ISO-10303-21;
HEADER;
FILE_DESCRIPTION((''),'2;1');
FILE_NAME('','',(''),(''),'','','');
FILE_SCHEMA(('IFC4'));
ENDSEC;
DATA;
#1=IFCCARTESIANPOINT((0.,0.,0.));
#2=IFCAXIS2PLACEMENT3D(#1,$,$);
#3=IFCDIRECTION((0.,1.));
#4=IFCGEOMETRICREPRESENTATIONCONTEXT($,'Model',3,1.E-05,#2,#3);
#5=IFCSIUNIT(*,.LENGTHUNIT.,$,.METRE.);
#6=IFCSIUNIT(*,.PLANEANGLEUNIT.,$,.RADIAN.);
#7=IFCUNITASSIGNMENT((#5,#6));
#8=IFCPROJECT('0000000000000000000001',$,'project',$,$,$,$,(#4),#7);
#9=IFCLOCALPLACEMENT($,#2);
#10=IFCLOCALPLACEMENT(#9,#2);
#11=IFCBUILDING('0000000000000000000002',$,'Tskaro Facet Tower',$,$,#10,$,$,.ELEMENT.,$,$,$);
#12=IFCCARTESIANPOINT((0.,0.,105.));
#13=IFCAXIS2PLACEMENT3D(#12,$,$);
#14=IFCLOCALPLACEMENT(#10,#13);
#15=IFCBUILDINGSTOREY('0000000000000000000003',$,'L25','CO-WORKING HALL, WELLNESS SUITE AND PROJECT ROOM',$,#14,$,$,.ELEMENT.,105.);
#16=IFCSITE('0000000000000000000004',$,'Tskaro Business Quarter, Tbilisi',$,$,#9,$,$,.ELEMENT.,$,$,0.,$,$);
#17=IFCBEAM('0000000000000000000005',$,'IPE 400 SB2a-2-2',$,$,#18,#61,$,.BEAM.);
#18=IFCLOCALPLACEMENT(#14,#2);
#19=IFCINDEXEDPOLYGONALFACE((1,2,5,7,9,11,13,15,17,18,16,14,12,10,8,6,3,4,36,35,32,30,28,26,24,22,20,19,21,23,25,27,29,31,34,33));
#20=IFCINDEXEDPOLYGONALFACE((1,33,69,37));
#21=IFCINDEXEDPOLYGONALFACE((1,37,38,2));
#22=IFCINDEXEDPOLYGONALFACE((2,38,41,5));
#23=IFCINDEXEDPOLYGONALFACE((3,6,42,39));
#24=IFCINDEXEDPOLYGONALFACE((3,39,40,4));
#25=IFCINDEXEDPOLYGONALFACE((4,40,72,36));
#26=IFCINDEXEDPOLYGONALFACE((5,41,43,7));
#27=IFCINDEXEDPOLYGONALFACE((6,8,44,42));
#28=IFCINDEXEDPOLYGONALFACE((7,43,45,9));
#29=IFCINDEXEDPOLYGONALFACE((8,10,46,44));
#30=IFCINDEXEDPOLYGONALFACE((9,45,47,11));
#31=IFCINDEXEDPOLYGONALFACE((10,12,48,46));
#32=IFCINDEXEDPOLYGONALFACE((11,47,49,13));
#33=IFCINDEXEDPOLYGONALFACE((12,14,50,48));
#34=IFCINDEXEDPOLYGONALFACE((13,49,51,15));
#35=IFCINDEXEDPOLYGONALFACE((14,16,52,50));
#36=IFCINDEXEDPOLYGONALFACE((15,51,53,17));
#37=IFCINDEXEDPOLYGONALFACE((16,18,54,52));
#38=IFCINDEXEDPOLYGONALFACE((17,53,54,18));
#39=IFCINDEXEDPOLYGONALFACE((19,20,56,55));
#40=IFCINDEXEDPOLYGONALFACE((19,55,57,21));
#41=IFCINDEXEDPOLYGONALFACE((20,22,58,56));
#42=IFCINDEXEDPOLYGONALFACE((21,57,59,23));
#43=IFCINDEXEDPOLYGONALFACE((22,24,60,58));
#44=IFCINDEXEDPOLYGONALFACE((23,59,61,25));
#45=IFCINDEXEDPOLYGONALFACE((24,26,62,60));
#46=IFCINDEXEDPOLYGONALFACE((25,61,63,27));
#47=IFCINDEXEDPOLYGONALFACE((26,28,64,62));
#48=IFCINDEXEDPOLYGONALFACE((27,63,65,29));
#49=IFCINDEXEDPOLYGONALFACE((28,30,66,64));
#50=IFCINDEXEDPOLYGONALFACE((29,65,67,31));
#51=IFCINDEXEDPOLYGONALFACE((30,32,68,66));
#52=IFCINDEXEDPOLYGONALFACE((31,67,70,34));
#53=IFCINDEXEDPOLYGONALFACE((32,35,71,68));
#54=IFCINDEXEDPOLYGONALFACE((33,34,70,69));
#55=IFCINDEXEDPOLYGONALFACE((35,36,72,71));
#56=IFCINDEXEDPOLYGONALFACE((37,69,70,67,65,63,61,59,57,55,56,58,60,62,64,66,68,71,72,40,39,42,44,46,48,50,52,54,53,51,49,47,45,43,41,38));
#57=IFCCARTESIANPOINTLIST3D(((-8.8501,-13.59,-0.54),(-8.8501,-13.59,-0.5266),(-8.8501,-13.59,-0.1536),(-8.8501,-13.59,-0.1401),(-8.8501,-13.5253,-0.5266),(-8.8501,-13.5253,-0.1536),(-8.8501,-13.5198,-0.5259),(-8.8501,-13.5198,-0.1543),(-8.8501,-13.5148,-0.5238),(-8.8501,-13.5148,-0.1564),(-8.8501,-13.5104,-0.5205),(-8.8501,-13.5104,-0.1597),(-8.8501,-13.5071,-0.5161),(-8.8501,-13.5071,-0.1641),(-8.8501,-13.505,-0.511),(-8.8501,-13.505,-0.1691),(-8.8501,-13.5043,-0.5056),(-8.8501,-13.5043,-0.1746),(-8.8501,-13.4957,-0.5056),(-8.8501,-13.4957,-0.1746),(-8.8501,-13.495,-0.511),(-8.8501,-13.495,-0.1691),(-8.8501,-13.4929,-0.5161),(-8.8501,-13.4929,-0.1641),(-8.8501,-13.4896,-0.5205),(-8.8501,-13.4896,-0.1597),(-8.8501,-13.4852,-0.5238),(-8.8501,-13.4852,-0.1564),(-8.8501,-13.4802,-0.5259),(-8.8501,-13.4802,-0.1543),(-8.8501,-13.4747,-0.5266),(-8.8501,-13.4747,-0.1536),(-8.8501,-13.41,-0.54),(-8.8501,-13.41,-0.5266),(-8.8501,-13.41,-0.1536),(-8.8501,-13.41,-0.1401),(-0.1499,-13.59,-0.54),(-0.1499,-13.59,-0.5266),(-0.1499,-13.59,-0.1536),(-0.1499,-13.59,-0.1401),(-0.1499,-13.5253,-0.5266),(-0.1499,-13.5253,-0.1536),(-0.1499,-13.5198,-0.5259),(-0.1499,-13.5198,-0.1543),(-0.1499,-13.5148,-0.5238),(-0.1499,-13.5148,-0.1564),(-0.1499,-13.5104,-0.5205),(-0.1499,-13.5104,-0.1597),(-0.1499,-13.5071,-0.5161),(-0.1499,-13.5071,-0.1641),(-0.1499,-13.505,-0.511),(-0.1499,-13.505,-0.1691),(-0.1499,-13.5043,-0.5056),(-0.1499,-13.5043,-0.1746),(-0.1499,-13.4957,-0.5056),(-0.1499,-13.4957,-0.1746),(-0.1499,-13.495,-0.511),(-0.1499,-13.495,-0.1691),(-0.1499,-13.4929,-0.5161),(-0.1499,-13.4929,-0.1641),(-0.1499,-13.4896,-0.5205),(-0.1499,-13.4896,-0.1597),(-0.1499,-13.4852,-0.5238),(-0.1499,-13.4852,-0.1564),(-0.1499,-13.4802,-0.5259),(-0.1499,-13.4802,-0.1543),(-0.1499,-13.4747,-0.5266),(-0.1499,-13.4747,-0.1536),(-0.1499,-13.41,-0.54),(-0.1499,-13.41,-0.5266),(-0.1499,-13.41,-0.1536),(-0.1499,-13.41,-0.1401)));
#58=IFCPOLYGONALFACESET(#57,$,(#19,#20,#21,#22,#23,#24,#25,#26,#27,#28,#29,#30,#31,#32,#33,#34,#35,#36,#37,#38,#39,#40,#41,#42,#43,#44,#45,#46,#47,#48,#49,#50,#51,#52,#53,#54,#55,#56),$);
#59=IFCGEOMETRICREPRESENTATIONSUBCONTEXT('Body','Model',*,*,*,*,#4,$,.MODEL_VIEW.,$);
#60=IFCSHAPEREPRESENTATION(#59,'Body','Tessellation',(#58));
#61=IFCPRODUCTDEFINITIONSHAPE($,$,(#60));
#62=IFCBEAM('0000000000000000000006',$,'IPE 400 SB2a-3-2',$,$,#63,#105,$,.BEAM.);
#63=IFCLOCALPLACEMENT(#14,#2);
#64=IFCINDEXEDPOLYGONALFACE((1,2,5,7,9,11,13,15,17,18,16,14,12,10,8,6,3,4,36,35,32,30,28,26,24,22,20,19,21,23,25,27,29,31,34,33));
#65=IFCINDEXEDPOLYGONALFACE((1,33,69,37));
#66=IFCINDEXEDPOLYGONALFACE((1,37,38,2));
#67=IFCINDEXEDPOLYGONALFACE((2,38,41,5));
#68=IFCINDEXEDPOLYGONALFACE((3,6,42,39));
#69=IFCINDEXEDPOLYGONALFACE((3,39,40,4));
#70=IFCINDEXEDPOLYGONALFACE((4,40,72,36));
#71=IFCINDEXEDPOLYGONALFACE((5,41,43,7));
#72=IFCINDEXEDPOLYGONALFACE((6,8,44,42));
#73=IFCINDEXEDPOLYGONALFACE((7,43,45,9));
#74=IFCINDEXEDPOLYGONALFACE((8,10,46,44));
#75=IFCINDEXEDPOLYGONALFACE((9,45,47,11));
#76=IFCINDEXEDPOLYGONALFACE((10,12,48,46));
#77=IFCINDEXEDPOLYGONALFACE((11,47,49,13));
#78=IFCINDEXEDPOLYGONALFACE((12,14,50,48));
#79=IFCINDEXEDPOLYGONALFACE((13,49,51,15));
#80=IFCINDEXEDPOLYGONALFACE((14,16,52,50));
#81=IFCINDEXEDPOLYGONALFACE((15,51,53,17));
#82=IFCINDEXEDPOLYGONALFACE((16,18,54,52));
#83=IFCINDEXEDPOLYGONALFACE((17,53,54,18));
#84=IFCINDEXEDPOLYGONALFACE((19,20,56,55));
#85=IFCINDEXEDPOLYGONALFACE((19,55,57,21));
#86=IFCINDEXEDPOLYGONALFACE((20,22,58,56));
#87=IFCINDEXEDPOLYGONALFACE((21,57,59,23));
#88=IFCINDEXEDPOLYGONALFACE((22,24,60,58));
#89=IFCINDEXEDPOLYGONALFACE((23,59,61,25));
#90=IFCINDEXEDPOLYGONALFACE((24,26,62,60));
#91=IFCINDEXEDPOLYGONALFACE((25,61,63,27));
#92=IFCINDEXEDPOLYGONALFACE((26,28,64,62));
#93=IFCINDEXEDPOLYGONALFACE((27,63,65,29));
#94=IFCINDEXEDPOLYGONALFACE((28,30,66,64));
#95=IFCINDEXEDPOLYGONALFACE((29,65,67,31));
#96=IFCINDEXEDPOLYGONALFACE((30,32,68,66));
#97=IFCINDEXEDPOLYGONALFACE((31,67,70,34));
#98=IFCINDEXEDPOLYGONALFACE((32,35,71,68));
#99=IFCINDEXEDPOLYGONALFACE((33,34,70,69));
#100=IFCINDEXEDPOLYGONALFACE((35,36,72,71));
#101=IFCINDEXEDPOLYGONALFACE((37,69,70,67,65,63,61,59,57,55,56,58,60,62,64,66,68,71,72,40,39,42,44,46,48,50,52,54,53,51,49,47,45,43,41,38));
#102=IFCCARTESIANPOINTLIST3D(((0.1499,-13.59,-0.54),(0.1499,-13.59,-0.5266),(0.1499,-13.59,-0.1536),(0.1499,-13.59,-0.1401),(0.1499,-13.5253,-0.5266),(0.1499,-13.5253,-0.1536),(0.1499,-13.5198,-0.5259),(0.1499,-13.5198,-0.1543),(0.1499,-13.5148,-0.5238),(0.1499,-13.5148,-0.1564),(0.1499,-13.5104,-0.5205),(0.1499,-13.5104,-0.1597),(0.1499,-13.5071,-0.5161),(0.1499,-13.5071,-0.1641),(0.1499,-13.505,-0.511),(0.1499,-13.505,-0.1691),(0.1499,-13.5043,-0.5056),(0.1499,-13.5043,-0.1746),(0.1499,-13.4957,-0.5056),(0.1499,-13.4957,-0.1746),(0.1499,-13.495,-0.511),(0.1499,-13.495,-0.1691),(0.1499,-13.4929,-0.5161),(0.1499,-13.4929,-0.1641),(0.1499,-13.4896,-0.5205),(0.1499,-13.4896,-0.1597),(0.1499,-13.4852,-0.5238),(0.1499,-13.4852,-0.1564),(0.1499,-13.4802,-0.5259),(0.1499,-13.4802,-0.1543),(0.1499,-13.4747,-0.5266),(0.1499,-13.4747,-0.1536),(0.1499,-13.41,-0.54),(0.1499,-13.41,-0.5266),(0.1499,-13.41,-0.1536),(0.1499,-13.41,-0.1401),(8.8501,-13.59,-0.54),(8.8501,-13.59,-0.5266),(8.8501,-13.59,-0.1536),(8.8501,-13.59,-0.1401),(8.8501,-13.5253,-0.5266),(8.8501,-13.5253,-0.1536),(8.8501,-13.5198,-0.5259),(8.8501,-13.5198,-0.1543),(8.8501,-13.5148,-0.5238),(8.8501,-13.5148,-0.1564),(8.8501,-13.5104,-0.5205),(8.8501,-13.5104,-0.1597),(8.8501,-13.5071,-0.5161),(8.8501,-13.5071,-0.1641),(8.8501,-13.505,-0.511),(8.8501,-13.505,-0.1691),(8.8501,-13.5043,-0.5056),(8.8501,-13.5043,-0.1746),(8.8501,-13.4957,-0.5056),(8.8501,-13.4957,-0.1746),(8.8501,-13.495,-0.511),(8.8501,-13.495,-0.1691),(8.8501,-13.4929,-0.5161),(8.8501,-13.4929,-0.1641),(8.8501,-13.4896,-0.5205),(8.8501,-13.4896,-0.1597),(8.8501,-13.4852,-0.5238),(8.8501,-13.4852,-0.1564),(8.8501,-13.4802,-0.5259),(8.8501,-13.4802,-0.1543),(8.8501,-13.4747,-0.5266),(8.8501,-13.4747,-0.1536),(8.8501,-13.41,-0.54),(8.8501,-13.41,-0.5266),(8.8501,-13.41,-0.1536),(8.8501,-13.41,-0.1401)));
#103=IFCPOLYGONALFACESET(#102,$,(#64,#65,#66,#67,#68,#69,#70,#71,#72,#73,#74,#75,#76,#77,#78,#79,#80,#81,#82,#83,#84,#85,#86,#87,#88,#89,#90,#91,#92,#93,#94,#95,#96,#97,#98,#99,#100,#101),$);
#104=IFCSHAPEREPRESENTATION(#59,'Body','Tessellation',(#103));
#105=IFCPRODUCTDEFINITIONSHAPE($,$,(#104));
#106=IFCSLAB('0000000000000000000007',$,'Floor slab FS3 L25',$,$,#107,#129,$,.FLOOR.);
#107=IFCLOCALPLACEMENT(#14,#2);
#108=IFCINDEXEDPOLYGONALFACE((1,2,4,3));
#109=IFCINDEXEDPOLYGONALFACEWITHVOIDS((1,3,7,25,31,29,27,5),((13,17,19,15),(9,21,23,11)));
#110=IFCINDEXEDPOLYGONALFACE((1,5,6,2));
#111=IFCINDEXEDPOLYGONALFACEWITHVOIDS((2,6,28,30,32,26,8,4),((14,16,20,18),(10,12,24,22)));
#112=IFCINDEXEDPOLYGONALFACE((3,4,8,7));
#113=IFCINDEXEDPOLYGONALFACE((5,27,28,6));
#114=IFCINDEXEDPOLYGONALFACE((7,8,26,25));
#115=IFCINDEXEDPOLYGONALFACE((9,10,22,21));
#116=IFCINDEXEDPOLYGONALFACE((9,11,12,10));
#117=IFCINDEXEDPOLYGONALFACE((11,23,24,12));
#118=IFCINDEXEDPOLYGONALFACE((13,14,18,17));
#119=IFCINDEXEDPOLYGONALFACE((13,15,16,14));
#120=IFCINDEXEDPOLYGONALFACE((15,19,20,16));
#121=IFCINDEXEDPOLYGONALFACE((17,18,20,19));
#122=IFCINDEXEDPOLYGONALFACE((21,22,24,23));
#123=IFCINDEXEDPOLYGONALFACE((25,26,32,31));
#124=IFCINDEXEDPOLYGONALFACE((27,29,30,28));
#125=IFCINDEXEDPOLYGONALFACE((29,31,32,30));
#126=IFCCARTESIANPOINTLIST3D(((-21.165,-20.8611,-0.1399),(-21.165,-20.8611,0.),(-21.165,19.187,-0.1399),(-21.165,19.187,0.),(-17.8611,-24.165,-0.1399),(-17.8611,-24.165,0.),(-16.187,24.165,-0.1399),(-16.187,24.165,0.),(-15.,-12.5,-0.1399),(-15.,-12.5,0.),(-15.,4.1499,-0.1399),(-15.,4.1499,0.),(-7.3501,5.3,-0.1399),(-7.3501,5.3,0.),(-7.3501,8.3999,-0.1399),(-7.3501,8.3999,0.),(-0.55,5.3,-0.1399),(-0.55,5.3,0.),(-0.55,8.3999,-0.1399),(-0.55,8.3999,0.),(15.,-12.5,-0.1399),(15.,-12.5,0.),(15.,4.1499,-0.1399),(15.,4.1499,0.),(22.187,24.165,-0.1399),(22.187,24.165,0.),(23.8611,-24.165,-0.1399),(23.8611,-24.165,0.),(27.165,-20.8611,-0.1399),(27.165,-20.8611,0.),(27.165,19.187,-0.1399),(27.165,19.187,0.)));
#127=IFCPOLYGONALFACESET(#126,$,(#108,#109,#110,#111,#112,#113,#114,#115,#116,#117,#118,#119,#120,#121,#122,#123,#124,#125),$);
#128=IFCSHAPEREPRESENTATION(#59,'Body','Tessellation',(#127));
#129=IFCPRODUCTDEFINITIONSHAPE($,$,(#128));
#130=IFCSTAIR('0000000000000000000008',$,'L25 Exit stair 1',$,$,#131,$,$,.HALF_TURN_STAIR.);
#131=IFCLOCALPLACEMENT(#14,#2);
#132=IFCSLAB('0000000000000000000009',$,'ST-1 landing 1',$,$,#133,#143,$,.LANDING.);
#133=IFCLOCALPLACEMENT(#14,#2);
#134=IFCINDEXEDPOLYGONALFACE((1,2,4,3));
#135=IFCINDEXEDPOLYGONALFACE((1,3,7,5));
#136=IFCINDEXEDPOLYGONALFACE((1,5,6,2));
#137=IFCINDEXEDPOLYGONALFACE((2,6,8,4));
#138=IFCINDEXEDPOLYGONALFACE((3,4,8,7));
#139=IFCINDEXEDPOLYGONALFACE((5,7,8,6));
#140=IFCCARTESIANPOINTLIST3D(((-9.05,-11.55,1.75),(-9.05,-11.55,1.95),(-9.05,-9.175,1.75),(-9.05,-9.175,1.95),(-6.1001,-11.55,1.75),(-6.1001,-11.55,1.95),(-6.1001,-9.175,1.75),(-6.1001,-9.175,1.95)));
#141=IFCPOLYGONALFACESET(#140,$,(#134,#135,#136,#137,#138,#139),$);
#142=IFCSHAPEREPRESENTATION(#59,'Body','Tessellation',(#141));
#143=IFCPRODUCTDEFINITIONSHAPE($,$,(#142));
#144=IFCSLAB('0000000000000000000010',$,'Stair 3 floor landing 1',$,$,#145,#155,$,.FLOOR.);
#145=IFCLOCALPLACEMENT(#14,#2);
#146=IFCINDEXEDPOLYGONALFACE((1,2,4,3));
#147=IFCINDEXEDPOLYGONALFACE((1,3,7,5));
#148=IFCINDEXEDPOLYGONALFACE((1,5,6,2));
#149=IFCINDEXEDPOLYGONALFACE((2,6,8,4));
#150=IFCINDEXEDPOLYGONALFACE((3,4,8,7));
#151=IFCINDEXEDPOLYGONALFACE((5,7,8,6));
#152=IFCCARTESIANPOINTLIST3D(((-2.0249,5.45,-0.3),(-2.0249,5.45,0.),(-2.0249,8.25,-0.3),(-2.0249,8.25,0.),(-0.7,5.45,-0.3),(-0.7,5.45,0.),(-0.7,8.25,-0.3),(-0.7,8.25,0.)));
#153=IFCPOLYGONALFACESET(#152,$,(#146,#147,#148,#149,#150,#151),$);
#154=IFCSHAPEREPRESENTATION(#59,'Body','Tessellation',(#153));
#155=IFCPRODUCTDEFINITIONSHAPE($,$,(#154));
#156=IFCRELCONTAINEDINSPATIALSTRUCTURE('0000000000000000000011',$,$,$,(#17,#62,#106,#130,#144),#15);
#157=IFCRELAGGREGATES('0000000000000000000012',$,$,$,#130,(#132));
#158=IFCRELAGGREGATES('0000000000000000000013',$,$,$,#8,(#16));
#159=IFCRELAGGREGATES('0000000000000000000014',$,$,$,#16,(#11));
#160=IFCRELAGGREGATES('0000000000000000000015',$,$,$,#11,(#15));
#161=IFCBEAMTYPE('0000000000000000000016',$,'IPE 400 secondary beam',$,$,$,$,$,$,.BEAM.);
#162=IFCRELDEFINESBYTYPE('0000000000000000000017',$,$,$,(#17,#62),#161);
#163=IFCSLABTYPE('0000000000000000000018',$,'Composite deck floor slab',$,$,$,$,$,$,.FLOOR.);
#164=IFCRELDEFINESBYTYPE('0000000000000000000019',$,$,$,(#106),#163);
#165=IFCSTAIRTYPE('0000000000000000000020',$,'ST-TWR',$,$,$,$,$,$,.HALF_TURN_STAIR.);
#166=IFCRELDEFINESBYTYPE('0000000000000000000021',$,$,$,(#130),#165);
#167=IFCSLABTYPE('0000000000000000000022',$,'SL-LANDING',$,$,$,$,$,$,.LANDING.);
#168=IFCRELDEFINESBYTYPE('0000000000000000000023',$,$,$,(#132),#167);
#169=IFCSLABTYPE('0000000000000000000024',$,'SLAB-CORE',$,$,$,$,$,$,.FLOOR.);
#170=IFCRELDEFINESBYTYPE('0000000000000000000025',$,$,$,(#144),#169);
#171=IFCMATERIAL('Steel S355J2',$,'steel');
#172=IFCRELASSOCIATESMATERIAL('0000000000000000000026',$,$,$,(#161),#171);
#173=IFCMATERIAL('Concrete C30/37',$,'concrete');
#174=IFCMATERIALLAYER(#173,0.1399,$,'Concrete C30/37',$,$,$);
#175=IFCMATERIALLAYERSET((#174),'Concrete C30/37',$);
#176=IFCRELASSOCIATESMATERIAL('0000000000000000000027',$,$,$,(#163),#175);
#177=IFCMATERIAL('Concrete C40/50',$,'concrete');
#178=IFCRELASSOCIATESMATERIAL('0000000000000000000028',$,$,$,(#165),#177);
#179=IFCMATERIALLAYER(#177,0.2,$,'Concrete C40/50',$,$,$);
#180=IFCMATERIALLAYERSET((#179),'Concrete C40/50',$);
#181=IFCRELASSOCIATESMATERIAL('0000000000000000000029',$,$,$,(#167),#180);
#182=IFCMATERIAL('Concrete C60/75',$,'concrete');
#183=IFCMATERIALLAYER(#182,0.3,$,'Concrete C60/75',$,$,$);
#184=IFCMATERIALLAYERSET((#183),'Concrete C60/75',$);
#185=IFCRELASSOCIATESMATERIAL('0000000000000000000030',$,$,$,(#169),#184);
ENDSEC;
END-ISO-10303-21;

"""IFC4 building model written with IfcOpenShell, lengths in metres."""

from ifc_helpers import new_model, si_unit, direction, frame, origin, origin_2d, place, context, subcontext, project, spatial, polyline, i_section, outline, extrude, material, layer, layer_set, material_profile, profile_set, type_object, element, aggregate, save


model = new_model("IFC4")

# Units and contexts
model_context = context("Model", 3, precision=1e-05, world=origin(), true_north=direction((0.0, 1.0)))
body_context = subcontext(model_context, "Body", "Model", "MODEL_VIEW")
ifc_project = project(units=[si_unit("LENGTHUNIT", "METRE"), si_unit("PLANEANGLEUNIT", "RADIAN")], contexts=[model_context])

# Site, building, storey
site_placement = place(None, origin())
site = spatial("IfcSite", under=ifc_project, at=site_placement, Name="Tskaro Business Quarter, Tbilisi", CompositionType="ELEMENT", RefElevation=0.0)
building_placement = place(site_placement, origin())
building = spatial("IfcBuilding", under=site, at=building_placement, Name="Tskaro Facet Tower", CompositionType="ELEMENT")
storey_placement = place(building_placement, frame((0.0, 0.0, 105.0)))
storey = spatial("IfcBuildingStorey", under=building, at=storey_placement, Name="L25", Description="CO-WORKING HALL, WELLNESS SUITE AND PROJECT ROOM", CompositionType="ELEMENT", Elevation=105.0)

# Beams
ifc_material_1 = material(Name="Steel S355J2", Category="steel")
ifc_material_profile = material_profile(ifc_material_1, i_section(OverallWidth=0.1799, OverallDepth=0.3999, WebThickness=0.0085, FlangeThickness=0.0134, FilletRadius=0.021, at=origin_2d()), Name="IPE 400")
ifc_profile_set = profile_set([ifc_material_profile], Name="Steel S355J2")
beam_type = type_object("IfcBeamType", Name="IPE 400 secondary beam", PredefinedType="BEAM", material=ifc_profile_set)
for number, where, z_axis, x_axis, name in (
    (1, (-8.8501, -13.5, -0.3401), (1.0, 0.0, 0.0), (0.0, 1.0, 0.0), "IPE 400 SB2a-2-2"),
    (2, (0.1499, -13.5, -0.3401), (1.0, 0.0, 0.0), (0.0, 1.0, 0.0), "IPE 400 SB2a-3-2"),
):
    element("IfcBeam", number, at=place(storey_placement, frame(where, z_axis=z_axis, x_axis=x_axis)), inside=storey, type_object=beam_type, Name=name, PredefinedType="BEAM", context=body_context, shape_type="SweptSolid", body=[
        extrude(i_section(OverallWidth=0.1799, OverallDepth=0.3999, WebThickness=0.0085, FlangeThickness=0.0134, FilletRadius=0.021, at=origin_2d()), origin(), (0.0, 0.0, 1.0), 8.7002),
    ])

# Slab
ifc_material_2 = material(Name="Concrete C30/37", Category="concrete")
ifc_layer_1 = layer(ifc_material_2, 0.1399, Name="Concrete C30/37")
ifc_layer_set_1 = layer_set([ifc_layer_1], Name="Concrete C30/37")
slab_type_1 = type_object("IfcSlabType", Name="Composite deck floor slab", PredefinedType="FLOOR", material=ifc_layer_set_1)
slab_1_placement = place(storey_placement, frame((0.0, 0.0, -0.1399)))
element("IfcSlab", 3, at=slab_1_placement, inside=storey, type_object=slab_type_1, Name="Floor slab FS3 L25", PredefinedType="FLOOR", context=body_context, shape_type="SweptSolid", body=[
    extrude(outline(polyline([(-17.8611, -24.165), (23.8611, -24.165), (27.165, -20.8611), (27.165, 19.187), (22.187, 24.165), (-16.187, 24.165), (-21.165, 19.187), (-21.165, -20.8611), (-17.8611, -24.165)]), holes=[polyline([(-15.0, -12.5), (15.0, -12.5), (15.0, 4.1499), (-15.0, 4.1499), (-15.0, -12.5)]), polyline([(-7.3501, 5.3), (-0.55, 5.3), (-0.55, 8.3999), (-7.3501, 8.3999), (-7.3501, 5.3)])]), origin(), (0.0, 0.0, 1.0), 0.1399),
])

# Stair, slab
ifc_material_3 = material(Name="Concrete C40/50", Category="concrete")
stair_type = type_object("IfcStairType", Name="ST-TWR", PredefinedType="HALF_TURN_STAIR", material=ifc_material_3)
stair_placement = place(storey_placement, origin())
stair = element("IfcStair", 4, at=stair_placement, inside=storey, type_object=stair_type, Name="L25 Exit stair 1", PredefinedType="HALF_TURN_STAIR")
ifc_layer_2 = layer(ifc_material_3, 0.2, Name="Concrete C40/50")
ifc_layer_set_2 = layer_set([ifc_layer_2], Name="Concrete C40/50")
slab_type_2 = type_object("IfcSlabType", Name="SL-LANDING", PredefinedType="LANDING", material=ifc_layer_set_2)
slab_2_placement = place(storey_placement, frame((0.0, 0.0, 1.75)))
slab_2 = element("IfcSlab", 5, at=slab_2_placement, type_object=slab_type_2, Name="ST-1 landing 1", PredefinedType="LANDING", context=body_context, shape_type="SweptSolid", body=[
    extrude(outline(polyline([(-9.05, -11.55), (-6.1001, -11.55), (-6.1001, -9.175), (-9.05, -9.175), (-9.05, -11.55)])), origin(), (0.0, 0.0, 1.0), 0.2),
])

# Slab
ifc_material_4 = material(Name="Concrete C60/75", Category="concrete")
ifc_layer_3 = layer(ifc_material_4, 0.3, Name="Concrete C60/75")
ifc_layer_set_3 = layer_set([ifc_layer_3], Name="Concrete C60/75")
slab_type_3 = type_object("IfcSlabType", Name="SLAB-CORE", PredefinedType="FLOOR", material=ifc_layer_set_3)
slab_3_placement = place(storey_placement, frame((0.0, 0.0, -0.3)))
element("IfcSlab", 6, at=slab_3_placement, inside=storey, type_object=slab_type_3, Name="Stair 3 floor landing 1", PredefinedType="FLOOR", context=body_context, shape_type="SweptSolid", body=[
    extrude(outline(polyline([(-2.0249, 5.45), (-0.7, 5.45), (-0.7, 8.25), (-2.0249, 8.25), (-2.0249, 5.45)])), origin(), (0.0, 0.0, 1.0), 0.3),
])

aggregate(stair, [slab_2])

save(model, "model.ifc")
